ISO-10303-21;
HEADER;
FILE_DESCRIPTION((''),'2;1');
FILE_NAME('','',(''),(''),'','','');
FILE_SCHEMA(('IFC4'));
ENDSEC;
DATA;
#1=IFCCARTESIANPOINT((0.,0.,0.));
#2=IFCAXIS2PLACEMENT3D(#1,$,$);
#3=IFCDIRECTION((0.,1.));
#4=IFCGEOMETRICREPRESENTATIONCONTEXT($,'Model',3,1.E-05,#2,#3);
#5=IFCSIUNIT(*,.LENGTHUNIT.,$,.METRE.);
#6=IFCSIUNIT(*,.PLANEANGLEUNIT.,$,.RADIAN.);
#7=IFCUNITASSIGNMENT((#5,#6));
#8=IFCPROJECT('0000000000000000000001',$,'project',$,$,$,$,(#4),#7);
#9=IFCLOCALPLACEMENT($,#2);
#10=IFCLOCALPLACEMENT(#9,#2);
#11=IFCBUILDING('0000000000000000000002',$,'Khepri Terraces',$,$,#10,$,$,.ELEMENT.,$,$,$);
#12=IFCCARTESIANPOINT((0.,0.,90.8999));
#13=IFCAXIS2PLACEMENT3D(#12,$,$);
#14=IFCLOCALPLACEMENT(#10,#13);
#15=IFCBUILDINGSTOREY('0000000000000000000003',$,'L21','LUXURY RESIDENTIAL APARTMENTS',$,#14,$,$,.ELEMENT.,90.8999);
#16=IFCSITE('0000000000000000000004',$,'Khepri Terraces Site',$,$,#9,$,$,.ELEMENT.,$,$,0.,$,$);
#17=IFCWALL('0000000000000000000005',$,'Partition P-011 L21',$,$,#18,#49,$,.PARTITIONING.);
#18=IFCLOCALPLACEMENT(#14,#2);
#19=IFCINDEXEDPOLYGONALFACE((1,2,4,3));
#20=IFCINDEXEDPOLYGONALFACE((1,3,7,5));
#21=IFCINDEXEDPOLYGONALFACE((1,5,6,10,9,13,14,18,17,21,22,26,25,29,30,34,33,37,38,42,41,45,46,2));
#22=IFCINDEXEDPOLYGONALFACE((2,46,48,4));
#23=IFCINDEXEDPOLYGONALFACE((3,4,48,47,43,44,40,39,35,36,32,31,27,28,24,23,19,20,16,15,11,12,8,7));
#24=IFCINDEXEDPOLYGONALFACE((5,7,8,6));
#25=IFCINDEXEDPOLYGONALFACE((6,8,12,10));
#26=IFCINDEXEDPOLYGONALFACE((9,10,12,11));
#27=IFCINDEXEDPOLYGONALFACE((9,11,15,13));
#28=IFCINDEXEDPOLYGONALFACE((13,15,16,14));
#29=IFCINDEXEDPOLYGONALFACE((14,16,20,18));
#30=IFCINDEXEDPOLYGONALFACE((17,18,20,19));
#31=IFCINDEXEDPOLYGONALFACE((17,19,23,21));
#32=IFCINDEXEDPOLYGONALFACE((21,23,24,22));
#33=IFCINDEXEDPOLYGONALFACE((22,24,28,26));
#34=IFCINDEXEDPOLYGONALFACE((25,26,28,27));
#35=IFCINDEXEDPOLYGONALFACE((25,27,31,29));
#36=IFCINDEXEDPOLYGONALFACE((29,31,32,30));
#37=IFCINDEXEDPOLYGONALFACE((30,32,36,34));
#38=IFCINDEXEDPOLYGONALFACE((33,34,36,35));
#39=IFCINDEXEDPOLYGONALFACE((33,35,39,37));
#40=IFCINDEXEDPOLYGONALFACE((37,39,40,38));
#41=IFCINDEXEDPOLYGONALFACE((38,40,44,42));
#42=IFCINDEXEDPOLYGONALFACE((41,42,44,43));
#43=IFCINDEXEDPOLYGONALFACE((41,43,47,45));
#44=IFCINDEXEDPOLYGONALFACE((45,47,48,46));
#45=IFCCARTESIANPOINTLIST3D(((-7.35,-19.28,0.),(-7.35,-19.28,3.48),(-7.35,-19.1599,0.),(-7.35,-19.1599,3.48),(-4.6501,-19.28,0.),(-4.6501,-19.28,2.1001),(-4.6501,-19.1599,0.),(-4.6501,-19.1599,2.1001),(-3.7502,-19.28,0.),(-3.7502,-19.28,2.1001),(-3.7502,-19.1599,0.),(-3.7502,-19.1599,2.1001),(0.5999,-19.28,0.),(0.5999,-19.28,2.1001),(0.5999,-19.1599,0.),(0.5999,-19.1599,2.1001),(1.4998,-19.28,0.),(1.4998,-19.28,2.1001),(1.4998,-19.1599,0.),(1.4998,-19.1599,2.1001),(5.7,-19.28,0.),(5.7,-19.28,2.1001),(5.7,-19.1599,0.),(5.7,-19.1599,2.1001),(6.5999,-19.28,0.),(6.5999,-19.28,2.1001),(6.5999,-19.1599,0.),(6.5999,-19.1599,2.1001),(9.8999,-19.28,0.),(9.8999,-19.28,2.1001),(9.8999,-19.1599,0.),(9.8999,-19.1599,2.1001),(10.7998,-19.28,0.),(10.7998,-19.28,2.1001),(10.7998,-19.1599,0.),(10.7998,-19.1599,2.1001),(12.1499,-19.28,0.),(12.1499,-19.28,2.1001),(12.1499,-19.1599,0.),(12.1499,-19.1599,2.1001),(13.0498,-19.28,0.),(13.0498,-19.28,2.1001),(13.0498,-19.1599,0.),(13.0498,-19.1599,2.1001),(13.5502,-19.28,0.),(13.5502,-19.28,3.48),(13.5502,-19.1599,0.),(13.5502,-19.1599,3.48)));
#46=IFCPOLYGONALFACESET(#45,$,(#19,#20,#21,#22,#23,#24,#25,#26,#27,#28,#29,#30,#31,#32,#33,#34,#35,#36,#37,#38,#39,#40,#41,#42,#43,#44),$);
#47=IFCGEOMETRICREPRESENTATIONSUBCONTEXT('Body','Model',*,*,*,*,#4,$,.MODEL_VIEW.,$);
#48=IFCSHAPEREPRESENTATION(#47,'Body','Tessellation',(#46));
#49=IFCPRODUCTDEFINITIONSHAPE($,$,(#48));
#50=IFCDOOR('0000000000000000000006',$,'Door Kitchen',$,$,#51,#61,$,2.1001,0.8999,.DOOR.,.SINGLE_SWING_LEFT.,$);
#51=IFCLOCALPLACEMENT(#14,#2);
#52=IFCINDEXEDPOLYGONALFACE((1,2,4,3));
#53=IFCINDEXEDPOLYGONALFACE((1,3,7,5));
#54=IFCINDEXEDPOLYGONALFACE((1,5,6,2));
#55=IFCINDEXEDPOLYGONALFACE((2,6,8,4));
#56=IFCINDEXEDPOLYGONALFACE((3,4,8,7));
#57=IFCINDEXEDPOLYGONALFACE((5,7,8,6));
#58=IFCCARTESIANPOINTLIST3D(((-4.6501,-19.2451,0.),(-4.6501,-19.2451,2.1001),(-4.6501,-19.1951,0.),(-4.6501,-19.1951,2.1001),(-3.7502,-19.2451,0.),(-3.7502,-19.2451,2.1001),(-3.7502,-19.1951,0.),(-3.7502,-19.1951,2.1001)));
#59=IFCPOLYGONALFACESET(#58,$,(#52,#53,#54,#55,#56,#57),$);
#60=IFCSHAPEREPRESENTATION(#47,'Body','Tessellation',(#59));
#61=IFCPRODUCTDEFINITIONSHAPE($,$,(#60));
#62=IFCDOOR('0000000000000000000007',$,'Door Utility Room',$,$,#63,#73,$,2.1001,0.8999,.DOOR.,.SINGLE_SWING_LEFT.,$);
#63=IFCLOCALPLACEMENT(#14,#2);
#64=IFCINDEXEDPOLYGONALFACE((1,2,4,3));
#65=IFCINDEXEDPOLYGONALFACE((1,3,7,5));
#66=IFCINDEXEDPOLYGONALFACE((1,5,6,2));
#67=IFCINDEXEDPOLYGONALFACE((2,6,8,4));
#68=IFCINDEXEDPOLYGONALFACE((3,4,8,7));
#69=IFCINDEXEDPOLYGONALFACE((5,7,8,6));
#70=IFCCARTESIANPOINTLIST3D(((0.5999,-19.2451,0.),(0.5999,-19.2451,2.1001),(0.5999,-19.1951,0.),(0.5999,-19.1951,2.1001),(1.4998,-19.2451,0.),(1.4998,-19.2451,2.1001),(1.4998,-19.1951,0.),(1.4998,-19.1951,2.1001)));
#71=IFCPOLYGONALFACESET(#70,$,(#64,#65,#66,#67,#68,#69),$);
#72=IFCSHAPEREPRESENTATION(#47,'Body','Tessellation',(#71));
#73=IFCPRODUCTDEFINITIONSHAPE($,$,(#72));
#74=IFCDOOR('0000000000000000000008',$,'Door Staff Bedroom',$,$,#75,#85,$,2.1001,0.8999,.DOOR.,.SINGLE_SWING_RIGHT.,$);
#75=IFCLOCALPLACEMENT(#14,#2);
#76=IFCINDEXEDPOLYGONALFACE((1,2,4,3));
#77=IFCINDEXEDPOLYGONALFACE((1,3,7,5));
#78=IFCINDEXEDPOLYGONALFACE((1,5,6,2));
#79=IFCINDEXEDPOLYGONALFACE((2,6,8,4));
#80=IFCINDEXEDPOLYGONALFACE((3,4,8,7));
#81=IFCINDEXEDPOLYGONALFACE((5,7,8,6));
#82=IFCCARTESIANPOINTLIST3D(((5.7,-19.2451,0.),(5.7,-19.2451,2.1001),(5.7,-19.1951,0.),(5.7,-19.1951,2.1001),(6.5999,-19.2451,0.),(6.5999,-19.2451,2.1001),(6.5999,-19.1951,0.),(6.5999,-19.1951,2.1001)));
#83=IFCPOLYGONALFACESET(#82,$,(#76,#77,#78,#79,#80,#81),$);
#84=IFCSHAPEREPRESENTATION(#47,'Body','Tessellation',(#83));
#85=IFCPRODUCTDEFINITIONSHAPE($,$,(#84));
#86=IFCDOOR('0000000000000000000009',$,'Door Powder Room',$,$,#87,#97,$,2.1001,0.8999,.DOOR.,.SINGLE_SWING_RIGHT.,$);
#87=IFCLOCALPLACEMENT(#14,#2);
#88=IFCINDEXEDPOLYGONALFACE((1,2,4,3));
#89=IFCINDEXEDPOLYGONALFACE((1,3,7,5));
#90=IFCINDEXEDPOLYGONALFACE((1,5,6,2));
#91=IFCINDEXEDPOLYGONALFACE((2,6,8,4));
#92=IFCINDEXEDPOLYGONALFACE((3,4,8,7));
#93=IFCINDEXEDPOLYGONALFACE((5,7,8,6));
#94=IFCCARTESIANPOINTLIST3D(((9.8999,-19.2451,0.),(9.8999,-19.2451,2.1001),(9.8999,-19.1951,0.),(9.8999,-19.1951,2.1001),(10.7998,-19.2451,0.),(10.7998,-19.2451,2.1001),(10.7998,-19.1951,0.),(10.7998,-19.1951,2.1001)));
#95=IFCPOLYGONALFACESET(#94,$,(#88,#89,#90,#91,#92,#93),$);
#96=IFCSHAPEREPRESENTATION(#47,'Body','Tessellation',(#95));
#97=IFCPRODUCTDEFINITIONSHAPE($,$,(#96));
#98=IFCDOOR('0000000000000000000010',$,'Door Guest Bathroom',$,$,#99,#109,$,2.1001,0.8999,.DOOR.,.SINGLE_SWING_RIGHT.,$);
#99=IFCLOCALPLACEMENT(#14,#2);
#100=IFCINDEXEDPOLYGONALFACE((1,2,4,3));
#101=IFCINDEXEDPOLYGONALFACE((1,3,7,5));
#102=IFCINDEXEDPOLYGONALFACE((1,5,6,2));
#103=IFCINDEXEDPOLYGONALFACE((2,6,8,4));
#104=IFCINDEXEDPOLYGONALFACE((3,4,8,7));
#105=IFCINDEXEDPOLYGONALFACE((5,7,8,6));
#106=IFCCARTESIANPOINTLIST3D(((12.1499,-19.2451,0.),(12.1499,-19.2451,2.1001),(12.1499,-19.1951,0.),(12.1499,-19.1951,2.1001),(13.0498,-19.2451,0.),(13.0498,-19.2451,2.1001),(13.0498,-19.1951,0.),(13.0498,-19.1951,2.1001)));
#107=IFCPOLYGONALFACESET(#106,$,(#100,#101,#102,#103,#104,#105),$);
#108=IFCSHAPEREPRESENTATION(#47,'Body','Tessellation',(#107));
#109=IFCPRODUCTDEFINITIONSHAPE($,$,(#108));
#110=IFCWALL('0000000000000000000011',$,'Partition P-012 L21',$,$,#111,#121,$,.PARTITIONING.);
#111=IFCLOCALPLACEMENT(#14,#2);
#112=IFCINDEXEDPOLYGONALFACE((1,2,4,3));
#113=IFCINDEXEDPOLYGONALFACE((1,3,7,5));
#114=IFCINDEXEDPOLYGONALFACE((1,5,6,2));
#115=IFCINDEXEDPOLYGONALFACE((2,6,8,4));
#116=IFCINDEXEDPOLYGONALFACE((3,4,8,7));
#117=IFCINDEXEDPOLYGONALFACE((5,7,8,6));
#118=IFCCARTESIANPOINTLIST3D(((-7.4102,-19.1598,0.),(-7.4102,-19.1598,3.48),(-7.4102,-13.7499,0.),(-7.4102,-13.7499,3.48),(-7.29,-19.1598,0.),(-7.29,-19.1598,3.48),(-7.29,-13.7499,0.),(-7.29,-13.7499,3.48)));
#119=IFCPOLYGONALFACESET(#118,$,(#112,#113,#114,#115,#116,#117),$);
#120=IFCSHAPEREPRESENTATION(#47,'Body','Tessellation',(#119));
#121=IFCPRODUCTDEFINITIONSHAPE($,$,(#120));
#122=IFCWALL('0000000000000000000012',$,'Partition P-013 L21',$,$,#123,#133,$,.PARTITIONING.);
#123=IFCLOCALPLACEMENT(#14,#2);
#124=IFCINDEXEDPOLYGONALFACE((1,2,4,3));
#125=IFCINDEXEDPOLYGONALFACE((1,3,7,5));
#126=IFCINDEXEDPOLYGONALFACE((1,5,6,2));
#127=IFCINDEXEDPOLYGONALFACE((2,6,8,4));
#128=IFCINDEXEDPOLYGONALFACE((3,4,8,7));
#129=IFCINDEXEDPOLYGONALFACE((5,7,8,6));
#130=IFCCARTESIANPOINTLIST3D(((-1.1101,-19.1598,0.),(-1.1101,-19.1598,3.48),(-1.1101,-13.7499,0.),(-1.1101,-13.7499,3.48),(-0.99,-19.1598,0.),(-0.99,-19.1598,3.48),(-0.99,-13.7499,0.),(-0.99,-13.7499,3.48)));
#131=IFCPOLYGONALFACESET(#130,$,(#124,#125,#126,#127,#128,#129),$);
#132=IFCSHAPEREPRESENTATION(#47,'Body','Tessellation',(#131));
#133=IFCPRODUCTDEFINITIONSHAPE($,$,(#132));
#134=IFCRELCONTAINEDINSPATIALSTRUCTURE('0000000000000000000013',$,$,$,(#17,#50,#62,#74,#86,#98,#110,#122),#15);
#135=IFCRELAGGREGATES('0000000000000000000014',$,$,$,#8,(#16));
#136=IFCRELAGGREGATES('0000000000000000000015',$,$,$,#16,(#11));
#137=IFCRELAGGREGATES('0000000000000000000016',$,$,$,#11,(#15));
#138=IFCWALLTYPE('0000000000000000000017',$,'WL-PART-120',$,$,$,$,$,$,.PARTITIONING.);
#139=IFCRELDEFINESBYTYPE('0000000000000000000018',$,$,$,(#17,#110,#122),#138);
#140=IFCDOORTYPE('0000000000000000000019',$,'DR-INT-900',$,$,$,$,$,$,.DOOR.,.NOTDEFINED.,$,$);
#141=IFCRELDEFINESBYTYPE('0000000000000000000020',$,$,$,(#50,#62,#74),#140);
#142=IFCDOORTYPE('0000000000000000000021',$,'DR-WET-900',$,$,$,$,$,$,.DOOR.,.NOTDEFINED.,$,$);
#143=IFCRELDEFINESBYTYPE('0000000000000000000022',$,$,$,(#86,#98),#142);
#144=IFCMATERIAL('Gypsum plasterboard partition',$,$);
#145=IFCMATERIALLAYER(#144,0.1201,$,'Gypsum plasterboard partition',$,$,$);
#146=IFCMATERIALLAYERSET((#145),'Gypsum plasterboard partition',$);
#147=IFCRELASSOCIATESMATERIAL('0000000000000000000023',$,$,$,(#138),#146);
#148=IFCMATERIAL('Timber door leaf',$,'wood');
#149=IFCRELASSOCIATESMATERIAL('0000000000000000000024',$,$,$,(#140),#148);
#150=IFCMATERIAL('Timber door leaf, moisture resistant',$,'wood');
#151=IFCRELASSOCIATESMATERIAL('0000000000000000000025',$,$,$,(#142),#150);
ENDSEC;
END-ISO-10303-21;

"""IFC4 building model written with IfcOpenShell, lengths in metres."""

from ifc_helpers import new_model, si_unit, direction, frame, frame_2d, origin, place, context, subcontext, project, spatial, rectangle, extrude, material, layer, layer_set, type_object, element, fill, save


model = new_model("IFC4")

# Units and contexts
model_context = context("Model", 3, precision=1e-05, world=origin(), true_north=direction((0.0, 1.0)))
body_context = subcontext(model_context, "Body", "Model", "MODEL_VIEW")
ifc_project = project(units=[si_unit("LENGTHUNIT", "METRE"), si_unit("PLANEANGLEUNIT", "RADIAN")], contexts=[model_context])

# Site, building, storey
site_placement = place(None, origin())
site = spatial("IfcSite", under=ifc_project, at=site_placement, Name="Khepri Terraces Site", CompositionType="ELEMENT", RefElevation=0.0)
building_placement = place(site_placement, origin())
building = spatial("IfcBuilding", under=site, at=building_placement, Name="Khepri Terraces", CompositionType="ELEMENT")
storey_placement = place(building_placement, frame((0.0, 0.0, 90.8999)))
storey = spatial("IfcBuildingStorey", under=building, at=storey_placement, Name="L21", Description="LUXURY RESIDENTIAL APARTMENTS", CompositionType="ELEMENT", Elevation=90.8999)

# Shared definitions
ifc_material_1 = material(Name="Gypsum plasterboard partition")
ifc_layer_1 = layer(ifc_material_1, 0.1201, Name="Gypsum plasterboard partition")
ifc_layer_set_1 = layer_set([ifc_layer_1], Name="Gypsum plasterboard partition")
wall_type_1 = type_object("IfcWallType", Name="WL-PART-120", PredefinedType="PARTITIONING", material=ifc_layer_set_1)

# Wall, openings, doors
wall_1_placement = place(storey_placement, frame((-7.3501, -19.22, 0.0), z_axis=(0.0, 0.0, 1.0), x_axis=(1.0, 0.0, 0.0)))
wall_1 = element("IfcWall", 1, at=wall_1_placement, inside=storey, type_object=wall_type_1, Name="Partition P-011 L21", PredefinedType="PARTITIONING", context=body_context, shape_type="SweptSolid", body=[
    extrude(rectangle(XDim=20.9001, YDim=0.1201, at=frame_2d((10.4502, 0.0))), origin(), (0.0, 0.0, 1.0), 3.48),
])
opening_1_placement = place(wall_1_placement, frame((2.7, 0.0, 0.0)))
opening_1 = element("IfcOpeningElement", 2, at=opening_1_placement, cuts=wall_1, PredefinedType="OPENING", context=body_context, shape_type="SweptSolid", body=[
    extrude(rectangle(XDim=0.8999, YDim=2.1001, at=frame_2d((0.45, 1.05))), frame((0.0, 0.0701, 0.0), z_axis=(0.0, -1.0, 0.0), x_axis=(1.0, 0.0, 0.0)), (0.0, 0.0, 1.0), 0.1401),
])
opening_2_placement = place(wall_1_placement, frame((7.95, 0.0, 0.0)))
opening_2 = element("IfcOpeningElement", 3, at=opening_2_placement, cuts=wall_1, PredefinedType="OPENING", context=body_context, shape_type="SweptSolid", body=[
    extrude(rectangle(XDim=0.8999, YDim=2.1001, at=frame_2d((0.45, 1.05))), frame((0.0, 0.0701, 0.0), z_axis=(0.0, -1.0, 0.0), x_axis=(1.0, 0.0, 0.0)), (0.0, 0.0, 1.0), 0.1401),
])
opening_3_placement = place(wall_1_placement, frame((13.05, 0.0, 0.0)))
opening_3 = element("IfcOpeningElement", 4, at=opening_3_placement, cuts=wall_1, PredefinedType="OPENING", context=body_context, shape_type="SweptSolid", body=[
    extrude(rectangle(XDim=0.8999, YDim=2.1001, at=frame_2d((0.45, 1.05))), frame((0.0, 0.0701, 0.0), z_axis=(0.0, -1.0, 0.0), x_axis=(1.0, 0.0, 0.0)), (0.0, 0.0, 1.0), 0.1401),
])
opening_4_placement = place(wall_1_placement, frame((17.25, 0.0, 0.0)))
opening_4 = element("IfcOpeningElement", 5, at=opening_4_placement, cuts=wall_1, PredefinedType="OPENING", context=body_context, shape_type="SweptSolid", body=[
    extrude(rectangle(XDim=0.8999, YDim=2.1001, at=frame_2d((0.45, 1.05))), frame((0.0, 0.0701, 0.0), z_axis=(0.0, -1.0, 0.0), x_axis=(1.0, 0.0, 0.0)), (0.0, 0.0, 1.0), 0.1401),
])
opening_5_placement = place(wall_1_placement, frame((19.5, 0.0, 0.0)))
opening_5 = element("IfcOpeningElement", 6, at=opening_5_placement, cuts=wall_1, PredefinedType="OPENING", context=body_context, shape_type="SweptSolid", body=[
    extrude(rectangle(XDim=0.8999, YDim=2.1001, at=frame_2d((0.45, 1.05))), frame((0.0, 0.0701, 0.0), z_axis=(0.0, -1.0, 0.0), x_axis=(1.0, 0.0, 0.0)), (0.0, 0.0, 1.0), 0.1401),
])
ifc_material_2 = material(Name="Timber door leaf", Category="wood")
door_type_1 = type_object("IfcDoorType", Name="DR-INT-900", OperationType="NOTDEFINED", PredefinedType="DOOR", material=ifc_material_2)
door_1_placement = place(opening_1_placement, origin())
door_1 = element("IfcDoor", 7, at=door_1_placement, inside=storey, type_object=door_type_1, Name="Door Kitchen", OperationType="SINGLE_SWING_LEFT", OverallHeight=2.1001, OverallWidth=0.8999, PredefinedType="DOOR", context=body_context, shape_type="SweptSolid", body=[
    extrude(rectangle(XDim=0.8999, YDim=2.1001, at=frame_2d((0.45, 1.05))), frame((0.0, 0.0249, 0.0), z_axis=(0.0, -1.0, 0.0), x_axis=(1.0, 0.0, 0.0)), (0.0, 0.0, 1.0), 0.05),
])
fill(opening_1, door_1)
door_2_placement = place(opening_2_placement, origin())
door_2 = element("IfcDoor", 8, at=door_2_placement, inside=storey, type_object=door_type_1, Name="Door Utility Room", OperationType="SINGLE_SWING_LEFT", OverallHeight=2.1001, OverallWidth=0.8999, PredefinedType="DOOR", context=body_context, shape_type="SweptSolid", body=[
    extrude(rectangle(XDim=0.8999, YDim=2.1001, at=frame_2d((0.45, 1.05))), frame((0.0, 0.0249, 0.0), z_axis=(0.0, -1.0, 0.0), x_axis=(1.0, 0.0, 0.0)), (0.0, 0.0, 1.0), 0.05),
])
fill(opening_2, door_2)
door_3_placement = place(opening_3_placement, origin())
door_3 = element("IfcDoor", 9, at=door_3_placement, inside=storey, type_object=door_type_1, Name="Door Staff Bedroom", OperationType="SINGLE_SWING_RIGHT", OverallHeight=2.1001, OverallWidth=0.8999, PredefinedType="DOOR", context=body_context, shape_type="SweptSolid", body=[
    extrude(rectangle(XDim=0.8999, YDim=2.1001, at=frame_2d((0.45, 1.05))), frame((0.0, 0.0249, 0.0), z_axis=(0.0, -1.0, 0.0), x_axis=(1.0, 0.0, 0.0)), (0.0, 0.0, 1.0), 0.05),
])
fill(opening_3, door_3)
ifc_material_3 = material(Name="Timber door leaf, moisture resistant", Category="wood")
door_type_2 = type_object("IfcDoorType", Name="DR-WET-900", OperationType="NOTDEFINED", PredefinedType="DOOR", material=ifc_material_3)
door_4_placement = place(opening_4_placement, origin())
door_4 = element("IfcDoor", 10, at=door_4_placement, inside=storey, type_object=door_type_2, Name="Door Powder Room", OperationType="SINGLE_SWING_RIGHT", OverallHeight=2.1001, OverallWidth=0.8999, PredefinedType="DOOR", context=body_context, shape_type="SweptSolid", body=[
    extrude(rectangle(XDim=0.8999, YDim=2.1001, at=frame_2d((0.45, 1.05))), frame((0.0, 0.0249, 0.0), z_axis=(0.0, -1.0, 0.0), x_axis=(1.0, 0.0, 0.0)), (0.0, 0.0, 1.0), 0.05),
])
fill(opening_4, door_4)
door_5_placement = place(opening_5_placement, origin())
door_5 = element("IfcDoor", 11, at=door_5_placement, inside=storey, type_object=door_type_2, Name="Door Guest Bathroom", OperationType="SINGLE_SWING_RIGHT", OverallHeight=2.1001, OverallWidth=0.8999, PredefinedType="DOOR", context=body_context, shape_type="SweptSolid", body=[
    extrude(rectangle(XDim=0.8999, YDim=2.1001, at=frame_2d((0.45, 1.05))), frame((0.0, 0.0249, 0.0), z_axis=(0.0, -1.0, 0.0), x_axis=(1.0, 0.0, 0.0)), (0.0, 0.0, 1.0), 0.05),
])
fill(opening_5, door_5)

# Walls
for number, where, z_axis, x_axis, name in (
    (12, (-7.3501, -19.1599, 0.0), (0.0, 0.0, 1.0), (0.0, 1.0, 0.0), "Partition P-012 L21"),
    (13, (-1.05, -19.1599, 0.0), (0.0, 0.0, 1.0), (0.0, 1.0, 0.0), "Partition P-013 L21"),
):
    element("IfcWall", number, at=place(storey_placement, frame(where, z_axis=z_axis, x_axis=x_axis)), inside=storey, type_object=wall_type_1, Name=name, PredefinedType="PARTITIONING", context=body_context, shape_type="SweptSolid", body=[
        extrude(rectangle(XDim=5.4099, YDim=0.1201, at=frame_2d((2.7051, 0.0))), origin(), (0.0, 0.0, 1.0), 3.48),
    ])

save(model, "model.ifc")
